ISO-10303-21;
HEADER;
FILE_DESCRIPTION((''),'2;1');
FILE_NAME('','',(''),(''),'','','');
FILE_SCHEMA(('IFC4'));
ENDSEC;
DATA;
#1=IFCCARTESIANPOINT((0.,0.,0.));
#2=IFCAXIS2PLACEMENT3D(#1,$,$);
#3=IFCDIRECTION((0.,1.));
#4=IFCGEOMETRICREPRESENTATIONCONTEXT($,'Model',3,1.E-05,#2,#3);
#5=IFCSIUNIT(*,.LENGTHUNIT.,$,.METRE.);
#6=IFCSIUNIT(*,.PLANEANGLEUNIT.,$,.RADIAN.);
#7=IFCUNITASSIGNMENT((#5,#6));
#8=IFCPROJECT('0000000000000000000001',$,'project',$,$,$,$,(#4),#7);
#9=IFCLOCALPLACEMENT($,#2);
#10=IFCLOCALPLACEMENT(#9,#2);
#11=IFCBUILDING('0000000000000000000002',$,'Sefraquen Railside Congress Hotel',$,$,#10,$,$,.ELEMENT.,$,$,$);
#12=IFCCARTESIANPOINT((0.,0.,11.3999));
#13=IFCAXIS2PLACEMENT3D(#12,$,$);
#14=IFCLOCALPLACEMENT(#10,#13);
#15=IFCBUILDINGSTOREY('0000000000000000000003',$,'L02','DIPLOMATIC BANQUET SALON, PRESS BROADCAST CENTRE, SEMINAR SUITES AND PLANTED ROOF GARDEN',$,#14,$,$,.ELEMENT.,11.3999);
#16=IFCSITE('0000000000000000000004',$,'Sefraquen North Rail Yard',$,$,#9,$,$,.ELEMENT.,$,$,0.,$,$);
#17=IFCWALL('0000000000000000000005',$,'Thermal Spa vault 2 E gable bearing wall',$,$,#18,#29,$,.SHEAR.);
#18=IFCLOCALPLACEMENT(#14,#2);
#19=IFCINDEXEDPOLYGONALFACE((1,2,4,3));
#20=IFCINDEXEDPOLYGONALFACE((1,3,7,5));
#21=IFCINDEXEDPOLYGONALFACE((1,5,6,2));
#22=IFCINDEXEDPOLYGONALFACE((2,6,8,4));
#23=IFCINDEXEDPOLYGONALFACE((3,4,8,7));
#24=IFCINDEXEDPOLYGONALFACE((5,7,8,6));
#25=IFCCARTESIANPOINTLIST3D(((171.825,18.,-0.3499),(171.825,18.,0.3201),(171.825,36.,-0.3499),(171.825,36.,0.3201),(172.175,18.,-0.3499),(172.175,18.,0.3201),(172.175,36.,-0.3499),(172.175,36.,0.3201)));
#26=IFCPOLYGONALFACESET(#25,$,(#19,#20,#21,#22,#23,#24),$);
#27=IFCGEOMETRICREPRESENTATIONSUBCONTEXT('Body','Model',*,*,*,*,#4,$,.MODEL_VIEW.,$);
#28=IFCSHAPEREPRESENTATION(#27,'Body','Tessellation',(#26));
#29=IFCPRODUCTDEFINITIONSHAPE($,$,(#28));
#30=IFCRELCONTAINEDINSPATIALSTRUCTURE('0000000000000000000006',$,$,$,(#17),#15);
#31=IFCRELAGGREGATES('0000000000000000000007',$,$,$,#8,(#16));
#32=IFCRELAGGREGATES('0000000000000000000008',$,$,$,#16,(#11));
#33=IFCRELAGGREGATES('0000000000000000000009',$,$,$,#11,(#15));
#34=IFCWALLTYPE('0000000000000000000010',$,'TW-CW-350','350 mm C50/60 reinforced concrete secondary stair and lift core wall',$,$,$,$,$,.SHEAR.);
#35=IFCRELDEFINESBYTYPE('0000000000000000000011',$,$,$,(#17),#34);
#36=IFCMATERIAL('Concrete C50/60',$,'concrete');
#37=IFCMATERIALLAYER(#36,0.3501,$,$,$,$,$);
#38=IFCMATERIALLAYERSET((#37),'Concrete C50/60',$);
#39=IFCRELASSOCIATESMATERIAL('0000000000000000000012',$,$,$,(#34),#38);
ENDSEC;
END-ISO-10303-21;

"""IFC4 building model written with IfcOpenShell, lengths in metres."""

from ifc_helpers import new_model, si_unit, direction, frame, frame_2d, origin, place, context, subcontext, project, spatial, rectangle, extrude, material, layer, layer_set, type_object, element, save


model = new_model("IFC4")

# Units and contexts
model_context = context("Model", 3, precision=1e-05, world=origin(), true_north=direction((0.0, 1.0)))
body_context = subcontext(model_context, "Body", "Model", "MODEL_VIEW")
ifc_project = project(units=[si_unit("LENGTHUNIT", "METRE"), si_unit("PLANEANGLEUNIT", "RADIAN")], contexts=[model_context])

# Site, building, storey
site_placement = place(None, origin())
site = spatial("IfcSite", under=ifc_project, at=site_placement, Name="Sefraquen North Rail Yard", CompositionType="ELEMENT", RefElevation=0.0)
building_placement = place(site_placement, origin())
building = spatial("IfcBuilding", under=site, at=building_placement, Name="Sefraquen Railside Congress Hotel", CompositionType="ELEMENT")
storey_placement = place(building_placement, frame((0.0, 0.0, 11.3999)))
storey = spatial("IfcBuildingStorey", under=building, at=storey_placement, Name="L02", Description="DIPLOMATIC BANQUET SALON, PRESS BROADCAST CENTRE, SEMINAR SUITES AND PLANTED ROOF GARDEN", CompositionType="ELEMENT", Elevation=11.3999)

# Wall
ifc_material_1 = material(Name="Concrete C50/60", Category="concrete")
ifc_layer_1 = layer(ifc_material_1, 0.3501)
ifc_layer_set_1 = layer_set([ifc_layer_1], Name="Concrete C50/60")
wall_type = type_object("IfcWallType", Name="TW-CW-350", Description="350 mm C50/60 reinforced concrete secondary stair and lift core wall", PredefinedType="SHEAR", material=ifc_layer_set_1)
wall_placement = place(storey_placement, frame((172.0, 18.0, -0.3499), z_axis=(0.0, 0.0, 1.0), x_axis=(0.0, 1.0, 0.0)))
element("IfcWall", 1, at=wall_placement, inside=storey, type_object=wall_type, Name="Thermal Spa vault 2 E gable bearing wall", PredefinedType="SHEAR", context=body_context, shape_type="SweptSolid", body=[
    extrude(rectangle(XDim=18.0, YDim=0.3501, at=frame_2d((9.0, 0.0))), origin(), (0.0, 0.0, 1.0), 0.6699),
])

save(model, "model.ifc")
